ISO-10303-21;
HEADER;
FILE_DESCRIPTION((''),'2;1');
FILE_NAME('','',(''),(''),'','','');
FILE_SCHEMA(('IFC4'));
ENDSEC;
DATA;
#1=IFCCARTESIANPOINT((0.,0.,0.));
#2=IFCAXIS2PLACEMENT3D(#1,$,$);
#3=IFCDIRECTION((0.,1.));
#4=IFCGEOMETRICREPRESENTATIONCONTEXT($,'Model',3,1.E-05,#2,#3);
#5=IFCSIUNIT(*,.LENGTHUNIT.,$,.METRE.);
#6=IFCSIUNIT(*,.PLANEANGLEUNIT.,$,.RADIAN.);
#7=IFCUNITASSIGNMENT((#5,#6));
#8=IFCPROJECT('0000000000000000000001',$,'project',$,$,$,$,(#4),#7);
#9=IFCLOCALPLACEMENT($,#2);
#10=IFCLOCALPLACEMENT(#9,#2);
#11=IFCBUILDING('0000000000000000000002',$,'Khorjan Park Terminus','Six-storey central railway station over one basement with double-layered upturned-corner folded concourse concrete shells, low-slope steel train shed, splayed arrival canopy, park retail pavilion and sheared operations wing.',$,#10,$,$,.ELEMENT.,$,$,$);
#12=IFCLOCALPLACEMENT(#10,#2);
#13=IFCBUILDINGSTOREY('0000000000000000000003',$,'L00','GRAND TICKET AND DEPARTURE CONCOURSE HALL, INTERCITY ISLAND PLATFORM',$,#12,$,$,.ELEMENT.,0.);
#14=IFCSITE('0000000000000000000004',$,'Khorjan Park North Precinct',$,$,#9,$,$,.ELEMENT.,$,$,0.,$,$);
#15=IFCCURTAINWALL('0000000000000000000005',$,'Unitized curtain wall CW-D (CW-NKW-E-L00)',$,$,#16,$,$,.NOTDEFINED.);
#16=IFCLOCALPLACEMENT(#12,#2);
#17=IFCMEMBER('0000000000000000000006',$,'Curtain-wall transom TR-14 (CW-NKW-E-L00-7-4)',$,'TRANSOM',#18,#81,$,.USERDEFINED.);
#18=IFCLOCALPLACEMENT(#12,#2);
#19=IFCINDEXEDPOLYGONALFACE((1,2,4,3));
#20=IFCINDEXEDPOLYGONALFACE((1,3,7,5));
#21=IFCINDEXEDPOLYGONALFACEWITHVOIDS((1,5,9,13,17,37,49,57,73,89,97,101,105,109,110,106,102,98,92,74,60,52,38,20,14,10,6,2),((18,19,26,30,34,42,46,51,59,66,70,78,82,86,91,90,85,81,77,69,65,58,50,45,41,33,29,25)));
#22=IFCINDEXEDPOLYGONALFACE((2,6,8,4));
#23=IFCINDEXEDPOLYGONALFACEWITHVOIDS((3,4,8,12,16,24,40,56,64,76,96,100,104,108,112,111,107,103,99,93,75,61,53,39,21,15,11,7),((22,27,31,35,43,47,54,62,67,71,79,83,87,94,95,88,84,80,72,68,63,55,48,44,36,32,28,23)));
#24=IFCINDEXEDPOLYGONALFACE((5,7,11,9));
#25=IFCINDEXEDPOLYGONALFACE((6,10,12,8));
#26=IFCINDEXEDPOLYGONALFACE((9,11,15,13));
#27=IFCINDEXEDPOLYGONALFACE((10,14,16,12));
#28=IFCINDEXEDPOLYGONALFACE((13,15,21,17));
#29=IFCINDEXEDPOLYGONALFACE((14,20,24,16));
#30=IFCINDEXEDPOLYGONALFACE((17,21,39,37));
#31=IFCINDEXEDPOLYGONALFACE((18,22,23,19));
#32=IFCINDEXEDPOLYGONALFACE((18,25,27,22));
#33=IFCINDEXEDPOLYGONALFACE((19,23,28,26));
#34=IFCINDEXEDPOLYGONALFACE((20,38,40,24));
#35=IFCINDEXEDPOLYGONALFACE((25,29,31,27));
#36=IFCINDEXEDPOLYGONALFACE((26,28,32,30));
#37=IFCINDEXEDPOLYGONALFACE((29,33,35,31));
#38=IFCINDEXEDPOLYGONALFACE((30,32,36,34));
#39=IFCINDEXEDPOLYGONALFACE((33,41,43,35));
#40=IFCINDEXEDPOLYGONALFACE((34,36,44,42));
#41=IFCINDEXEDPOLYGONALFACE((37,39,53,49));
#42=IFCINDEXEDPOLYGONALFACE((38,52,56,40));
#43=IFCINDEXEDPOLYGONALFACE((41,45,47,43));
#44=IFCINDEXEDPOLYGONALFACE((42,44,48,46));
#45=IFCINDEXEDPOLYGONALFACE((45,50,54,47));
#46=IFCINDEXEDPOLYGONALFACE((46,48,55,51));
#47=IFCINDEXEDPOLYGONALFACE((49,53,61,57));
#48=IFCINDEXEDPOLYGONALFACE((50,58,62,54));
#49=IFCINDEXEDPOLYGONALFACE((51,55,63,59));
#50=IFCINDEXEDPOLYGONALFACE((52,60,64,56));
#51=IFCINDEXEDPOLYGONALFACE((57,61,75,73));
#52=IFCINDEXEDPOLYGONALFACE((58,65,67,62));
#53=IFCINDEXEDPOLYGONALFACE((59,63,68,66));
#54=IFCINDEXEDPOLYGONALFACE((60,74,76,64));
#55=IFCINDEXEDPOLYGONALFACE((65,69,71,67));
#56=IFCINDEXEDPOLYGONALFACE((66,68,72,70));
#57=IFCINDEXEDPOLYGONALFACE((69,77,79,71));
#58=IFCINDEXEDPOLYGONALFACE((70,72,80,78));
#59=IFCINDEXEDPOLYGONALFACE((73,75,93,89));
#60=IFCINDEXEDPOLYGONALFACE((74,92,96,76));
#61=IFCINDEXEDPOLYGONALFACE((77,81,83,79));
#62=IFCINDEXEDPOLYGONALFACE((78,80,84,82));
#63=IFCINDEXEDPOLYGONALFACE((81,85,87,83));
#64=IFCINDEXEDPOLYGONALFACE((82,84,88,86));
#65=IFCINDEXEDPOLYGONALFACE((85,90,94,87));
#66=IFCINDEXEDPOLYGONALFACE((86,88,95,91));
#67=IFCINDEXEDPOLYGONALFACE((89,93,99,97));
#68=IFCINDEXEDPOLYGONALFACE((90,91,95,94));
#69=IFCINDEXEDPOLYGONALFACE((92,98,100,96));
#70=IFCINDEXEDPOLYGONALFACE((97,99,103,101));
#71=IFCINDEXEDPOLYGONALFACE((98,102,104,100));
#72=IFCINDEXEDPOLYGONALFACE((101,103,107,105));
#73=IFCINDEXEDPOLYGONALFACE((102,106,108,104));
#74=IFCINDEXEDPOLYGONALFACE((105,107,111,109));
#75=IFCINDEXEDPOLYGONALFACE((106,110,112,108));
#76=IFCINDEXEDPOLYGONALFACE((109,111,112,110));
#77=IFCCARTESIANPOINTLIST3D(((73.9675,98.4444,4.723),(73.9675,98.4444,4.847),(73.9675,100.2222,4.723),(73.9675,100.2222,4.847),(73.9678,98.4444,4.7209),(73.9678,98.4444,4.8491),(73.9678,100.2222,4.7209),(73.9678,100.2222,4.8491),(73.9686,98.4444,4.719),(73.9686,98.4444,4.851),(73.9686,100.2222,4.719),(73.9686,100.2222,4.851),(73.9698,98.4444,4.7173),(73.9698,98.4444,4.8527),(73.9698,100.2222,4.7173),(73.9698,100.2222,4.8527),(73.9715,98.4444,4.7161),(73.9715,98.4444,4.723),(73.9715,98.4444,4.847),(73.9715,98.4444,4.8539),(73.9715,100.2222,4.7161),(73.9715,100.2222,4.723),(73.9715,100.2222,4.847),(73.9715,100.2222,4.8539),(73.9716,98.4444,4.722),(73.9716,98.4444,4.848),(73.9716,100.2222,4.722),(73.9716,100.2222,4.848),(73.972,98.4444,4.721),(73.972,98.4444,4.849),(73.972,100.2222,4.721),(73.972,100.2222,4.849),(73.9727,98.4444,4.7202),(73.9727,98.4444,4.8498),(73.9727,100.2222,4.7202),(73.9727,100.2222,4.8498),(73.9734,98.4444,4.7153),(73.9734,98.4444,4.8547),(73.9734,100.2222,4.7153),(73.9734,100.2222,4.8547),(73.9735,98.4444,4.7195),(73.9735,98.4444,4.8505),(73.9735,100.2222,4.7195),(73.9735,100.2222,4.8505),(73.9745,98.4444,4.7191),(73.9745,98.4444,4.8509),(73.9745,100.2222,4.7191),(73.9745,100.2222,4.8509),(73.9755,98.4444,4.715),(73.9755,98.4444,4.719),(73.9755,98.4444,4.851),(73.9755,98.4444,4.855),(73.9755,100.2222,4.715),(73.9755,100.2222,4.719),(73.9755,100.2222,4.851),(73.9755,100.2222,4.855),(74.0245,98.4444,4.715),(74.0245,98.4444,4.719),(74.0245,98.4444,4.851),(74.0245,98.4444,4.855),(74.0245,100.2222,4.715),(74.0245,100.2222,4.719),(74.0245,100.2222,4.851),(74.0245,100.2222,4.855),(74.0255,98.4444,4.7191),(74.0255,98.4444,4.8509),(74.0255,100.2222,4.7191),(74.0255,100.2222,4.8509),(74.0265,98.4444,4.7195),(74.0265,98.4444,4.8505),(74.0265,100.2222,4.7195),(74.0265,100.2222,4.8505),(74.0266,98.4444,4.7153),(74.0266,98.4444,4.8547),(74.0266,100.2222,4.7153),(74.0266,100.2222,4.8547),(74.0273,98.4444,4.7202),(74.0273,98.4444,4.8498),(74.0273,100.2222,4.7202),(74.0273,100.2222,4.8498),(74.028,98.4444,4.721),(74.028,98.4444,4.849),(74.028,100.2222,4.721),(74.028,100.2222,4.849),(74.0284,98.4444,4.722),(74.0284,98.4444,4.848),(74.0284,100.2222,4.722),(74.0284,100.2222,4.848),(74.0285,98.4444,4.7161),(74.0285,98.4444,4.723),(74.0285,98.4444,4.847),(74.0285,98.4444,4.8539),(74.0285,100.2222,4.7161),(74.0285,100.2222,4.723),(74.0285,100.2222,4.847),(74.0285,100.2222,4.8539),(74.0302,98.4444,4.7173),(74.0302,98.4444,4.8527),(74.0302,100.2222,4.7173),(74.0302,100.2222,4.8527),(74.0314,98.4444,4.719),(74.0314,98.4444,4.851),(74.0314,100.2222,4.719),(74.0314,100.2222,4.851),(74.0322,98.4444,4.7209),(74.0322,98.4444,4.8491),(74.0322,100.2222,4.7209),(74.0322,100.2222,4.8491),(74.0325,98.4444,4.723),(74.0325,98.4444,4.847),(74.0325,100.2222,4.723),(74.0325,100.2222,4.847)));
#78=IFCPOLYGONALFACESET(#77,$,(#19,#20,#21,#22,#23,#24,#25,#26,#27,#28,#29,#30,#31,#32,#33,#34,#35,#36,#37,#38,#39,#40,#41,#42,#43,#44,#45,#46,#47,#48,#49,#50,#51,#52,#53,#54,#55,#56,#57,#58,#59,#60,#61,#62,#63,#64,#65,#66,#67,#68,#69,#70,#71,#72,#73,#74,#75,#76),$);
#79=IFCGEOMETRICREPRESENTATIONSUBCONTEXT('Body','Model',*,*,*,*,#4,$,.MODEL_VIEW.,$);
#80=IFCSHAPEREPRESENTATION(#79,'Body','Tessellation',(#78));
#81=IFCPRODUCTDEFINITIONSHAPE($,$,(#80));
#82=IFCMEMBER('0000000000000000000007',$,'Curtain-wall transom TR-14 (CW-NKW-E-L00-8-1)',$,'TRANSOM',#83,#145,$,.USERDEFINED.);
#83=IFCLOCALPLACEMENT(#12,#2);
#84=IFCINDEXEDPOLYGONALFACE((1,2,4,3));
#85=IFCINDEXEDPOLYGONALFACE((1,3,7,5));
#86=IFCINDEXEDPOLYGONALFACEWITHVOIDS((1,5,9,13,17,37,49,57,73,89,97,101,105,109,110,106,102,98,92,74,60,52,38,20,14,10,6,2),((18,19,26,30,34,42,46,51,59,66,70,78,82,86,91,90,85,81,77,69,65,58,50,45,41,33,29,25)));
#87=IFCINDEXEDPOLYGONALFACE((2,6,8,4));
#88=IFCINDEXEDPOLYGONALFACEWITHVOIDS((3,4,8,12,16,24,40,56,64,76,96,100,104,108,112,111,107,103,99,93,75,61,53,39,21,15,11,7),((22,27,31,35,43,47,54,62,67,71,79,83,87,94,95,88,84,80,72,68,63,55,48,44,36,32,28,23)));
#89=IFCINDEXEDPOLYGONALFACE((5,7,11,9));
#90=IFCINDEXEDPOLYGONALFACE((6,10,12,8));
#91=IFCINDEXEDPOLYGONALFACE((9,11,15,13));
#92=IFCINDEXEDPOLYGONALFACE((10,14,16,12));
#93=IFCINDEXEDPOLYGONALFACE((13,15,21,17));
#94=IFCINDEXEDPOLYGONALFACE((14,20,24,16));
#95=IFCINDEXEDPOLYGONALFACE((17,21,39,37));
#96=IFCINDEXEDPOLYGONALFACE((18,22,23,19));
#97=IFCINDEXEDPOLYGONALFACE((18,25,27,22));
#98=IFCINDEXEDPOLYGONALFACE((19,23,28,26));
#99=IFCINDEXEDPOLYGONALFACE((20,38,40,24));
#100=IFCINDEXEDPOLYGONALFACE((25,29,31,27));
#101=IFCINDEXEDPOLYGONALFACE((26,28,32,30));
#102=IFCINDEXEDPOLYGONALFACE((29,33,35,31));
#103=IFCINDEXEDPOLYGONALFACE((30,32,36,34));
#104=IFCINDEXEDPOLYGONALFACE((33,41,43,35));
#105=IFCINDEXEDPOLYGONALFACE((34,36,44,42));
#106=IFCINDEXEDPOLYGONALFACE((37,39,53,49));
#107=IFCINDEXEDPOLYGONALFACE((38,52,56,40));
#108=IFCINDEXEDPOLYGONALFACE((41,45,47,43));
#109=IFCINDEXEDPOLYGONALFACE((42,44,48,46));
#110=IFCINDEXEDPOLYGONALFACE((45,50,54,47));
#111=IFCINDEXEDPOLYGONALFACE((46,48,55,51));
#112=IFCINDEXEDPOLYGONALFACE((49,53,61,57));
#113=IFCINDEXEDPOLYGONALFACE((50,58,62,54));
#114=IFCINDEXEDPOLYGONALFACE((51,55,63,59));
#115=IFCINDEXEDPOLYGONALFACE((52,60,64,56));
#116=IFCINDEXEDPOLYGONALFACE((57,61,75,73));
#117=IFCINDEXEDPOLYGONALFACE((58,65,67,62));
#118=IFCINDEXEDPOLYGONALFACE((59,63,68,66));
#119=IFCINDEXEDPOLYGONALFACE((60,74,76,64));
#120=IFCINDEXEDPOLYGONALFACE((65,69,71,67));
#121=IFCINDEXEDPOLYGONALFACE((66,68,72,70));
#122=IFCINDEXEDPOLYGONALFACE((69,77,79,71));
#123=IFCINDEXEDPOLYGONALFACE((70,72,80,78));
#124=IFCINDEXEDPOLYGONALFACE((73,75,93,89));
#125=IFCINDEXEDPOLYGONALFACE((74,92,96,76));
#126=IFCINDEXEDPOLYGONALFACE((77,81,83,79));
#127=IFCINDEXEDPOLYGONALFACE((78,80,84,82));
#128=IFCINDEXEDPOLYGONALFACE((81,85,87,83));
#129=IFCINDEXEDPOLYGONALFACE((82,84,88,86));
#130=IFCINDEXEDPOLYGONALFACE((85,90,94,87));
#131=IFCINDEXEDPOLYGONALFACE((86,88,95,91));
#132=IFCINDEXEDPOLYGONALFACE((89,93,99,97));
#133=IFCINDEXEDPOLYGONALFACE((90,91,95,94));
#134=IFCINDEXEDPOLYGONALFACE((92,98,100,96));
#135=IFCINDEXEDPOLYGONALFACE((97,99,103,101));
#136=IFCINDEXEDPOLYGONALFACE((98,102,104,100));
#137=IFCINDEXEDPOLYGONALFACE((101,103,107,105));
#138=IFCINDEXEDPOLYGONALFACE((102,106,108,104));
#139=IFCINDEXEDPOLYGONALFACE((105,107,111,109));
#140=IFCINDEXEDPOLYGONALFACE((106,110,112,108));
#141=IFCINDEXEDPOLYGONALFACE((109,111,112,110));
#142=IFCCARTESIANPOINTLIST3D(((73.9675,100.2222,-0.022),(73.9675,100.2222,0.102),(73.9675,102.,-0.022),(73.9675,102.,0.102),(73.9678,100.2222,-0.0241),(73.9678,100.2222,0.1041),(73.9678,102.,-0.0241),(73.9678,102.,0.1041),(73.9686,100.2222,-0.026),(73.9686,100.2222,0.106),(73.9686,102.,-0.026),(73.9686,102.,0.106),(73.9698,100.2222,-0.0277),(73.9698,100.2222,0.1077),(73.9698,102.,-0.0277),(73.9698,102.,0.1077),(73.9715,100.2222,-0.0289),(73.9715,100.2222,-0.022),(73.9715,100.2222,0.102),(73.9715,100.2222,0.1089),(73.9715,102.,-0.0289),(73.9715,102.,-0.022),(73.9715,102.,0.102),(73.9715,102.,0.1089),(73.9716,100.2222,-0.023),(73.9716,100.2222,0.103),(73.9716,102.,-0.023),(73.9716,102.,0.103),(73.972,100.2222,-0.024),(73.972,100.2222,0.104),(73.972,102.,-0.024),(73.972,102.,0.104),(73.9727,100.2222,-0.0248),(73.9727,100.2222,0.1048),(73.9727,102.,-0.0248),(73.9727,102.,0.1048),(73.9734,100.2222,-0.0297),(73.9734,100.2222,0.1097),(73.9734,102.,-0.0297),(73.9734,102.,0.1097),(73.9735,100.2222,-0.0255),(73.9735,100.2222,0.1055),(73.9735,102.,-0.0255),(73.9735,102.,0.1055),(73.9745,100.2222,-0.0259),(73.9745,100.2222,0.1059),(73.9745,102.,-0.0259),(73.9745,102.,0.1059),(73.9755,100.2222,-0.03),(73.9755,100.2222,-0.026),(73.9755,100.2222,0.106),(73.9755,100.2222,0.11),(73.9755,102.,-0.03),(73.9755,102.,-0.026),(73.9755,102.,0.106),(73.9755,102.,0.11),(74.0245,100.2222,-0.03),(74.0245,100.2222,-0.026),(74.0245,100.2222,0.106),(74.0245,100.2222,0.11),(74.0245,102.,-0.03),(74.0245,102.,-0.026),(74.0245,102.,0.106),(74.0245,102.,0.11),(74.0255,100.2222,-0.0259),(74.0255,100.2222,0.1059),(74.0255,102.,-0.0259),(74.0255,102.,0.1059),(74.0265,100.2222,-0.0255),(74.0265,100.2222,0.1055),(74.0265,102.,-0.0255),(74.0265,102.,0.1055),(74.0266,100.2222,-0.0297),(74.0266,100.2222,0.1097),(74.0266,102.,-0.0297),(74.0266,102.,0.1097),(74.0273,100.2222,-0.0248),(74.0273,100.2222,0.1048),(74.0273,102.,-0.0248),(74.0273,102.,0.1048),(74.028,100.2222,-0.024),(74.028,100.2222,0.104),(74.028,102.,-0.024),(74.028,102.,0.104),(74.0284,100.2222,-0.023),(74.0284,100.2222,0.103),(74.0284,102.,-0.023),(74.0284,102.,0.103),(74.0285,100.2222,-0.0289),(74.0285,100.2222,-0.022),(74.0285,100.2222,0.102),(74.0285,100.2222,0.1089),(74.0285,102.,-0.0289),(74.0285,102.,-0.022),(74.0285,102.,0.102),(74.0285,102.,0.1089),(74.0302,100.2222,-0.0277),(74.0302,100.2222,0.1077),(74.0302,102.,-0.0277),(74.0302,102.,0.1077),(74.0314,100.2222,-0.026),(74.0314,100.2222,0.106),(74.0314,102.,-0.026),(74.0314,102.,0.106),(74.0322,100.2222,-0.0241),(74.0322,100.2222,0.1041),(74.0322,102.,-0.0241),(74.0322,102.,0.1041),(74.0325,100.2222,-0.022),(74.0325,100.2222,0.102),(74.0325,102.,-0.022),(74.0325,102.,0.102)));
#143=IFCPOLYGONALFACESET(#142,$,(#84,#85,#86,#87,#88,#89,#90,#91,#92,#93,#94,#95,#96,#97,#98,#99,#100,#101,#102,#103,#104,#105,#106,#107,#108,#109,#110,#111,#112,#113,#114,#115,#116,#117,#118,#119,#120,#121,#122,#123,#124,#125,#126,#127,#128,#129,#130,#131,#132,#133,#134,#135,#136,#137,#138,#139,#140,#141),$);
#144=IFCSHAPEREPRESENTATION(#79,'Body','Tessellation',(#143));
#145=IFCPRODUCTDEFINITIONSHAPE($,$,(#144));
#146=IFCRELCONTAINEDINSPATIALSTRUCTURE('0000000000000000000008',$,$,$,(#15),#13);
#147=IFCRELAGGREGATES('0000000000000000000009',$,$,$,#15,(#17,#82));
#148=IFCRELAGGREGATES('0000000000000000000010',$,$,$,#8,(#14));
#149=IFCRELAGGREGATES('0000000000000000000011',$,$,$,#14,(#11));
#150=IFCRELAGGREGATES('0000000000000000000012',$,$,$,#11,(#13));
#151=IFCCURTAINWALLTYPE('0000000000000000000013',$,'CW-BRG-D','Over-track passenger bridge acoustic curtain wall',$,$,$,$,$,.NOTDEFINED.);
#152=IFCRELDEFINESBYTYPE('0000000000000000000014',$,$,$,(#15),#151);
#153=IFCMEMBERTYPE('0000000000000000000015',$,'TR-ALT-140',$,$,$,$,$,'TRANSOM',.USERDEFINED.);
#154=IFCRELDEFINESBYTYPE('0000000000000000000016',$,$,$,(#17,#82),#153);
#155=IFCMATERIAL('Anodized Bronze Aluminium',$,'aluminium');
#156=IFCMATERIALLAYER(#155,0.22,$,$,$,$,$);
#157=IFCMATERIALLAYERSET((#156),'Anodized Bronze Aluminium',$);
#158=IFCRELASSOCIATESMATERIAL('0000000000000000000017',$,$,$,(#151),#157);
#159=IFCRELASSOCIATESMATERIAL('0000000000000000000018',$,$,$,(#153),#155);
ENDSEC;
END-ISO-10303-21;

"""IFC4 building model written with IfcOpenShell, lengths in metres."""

from ifc_helpers import new_model, si_unit, direction, frame, origin, origin_2d, place, context, subcontext, project, spatial, hollow_rectangle, extrude, material, layer, layer_set, material_profile, profile_set, type_object, element, aggregate, save


model = new_model("IFC4")

# Units and contexts
model_context = context("Model", 3, precision=1e-05, world=origin(), true_north=direction((0.0, 1.0)))
body_context = subcontext(model_context, "Body", "Model", "MODEL_VIEW")
ifc_project = project(units=[si_unit("LENGTHUNIT", "METRE"), si_unit("PLANEANGLEUNIT", "RADIAN")], contexts=[model_context])

# Site, building, storey
site_placement = place(None, origin())
site = spatial("IfcSite", under=ifc_project, at=site_placement, Name="Khorjan Park North Precinct", CompositionType="ELEMENT", RefElevation=0.0)
building_placement = place(site_placement, origin())
building = spatial("IfcBuilding", under=site, at=building_placement, Name="Khorjan Park Terminus", Description="Six-storey central railway station over one basement with double-layered upturned-corner folded concourse concrete shells, low-slope steel train shed, splayed arrival canopy, park retail pavilion and sheared operations wing.", CompositionType="ELEMENT")
storey_placement = place(building_placement, origin())
storey = spatial("IfcBuildingStorey", under=building, at=storey_placement, Name="L00", Description="GRAND TICKET AND DEPARTURE CONCOURSE HALL, INTERCITY ISLAND PLATFORM", CompositionType="ELEMENT", Elevation=0.0)

# Curtain wall, members
ifc_material_1 = material(Name="Anodized Bronze Aluminium", Category="aluminium")
ifc_layer_1 = layer(ifc_material_1, 0.22)
ifc_layer_set_1 = layer_set([ifc_layer_1], Name="Anodized Bronze Aluminium")
curtain_wall_type = type_object("IfcCurtainWallType", Name="CW-BRG-D", Description="Over-track passenger bridge acoustic curtain wall", PredefinedType="NOTDEFINED", material=ifc_layer_set_1)
curtain_wall_placement = place(storey_placement, origin())
curtain_wall = element("IfcCurtainWall", 1, at=curtain_wall_placement, inside=storey, type_object=curtain_wall_type, Name="Unitized curtain wall CW-D (CW-NKW-E-L00)", PredefinedType="NOTDEFINED")
ifc_material_profile_1 = material_profile(ifc_material_1, hollow_rectangle(XDim=0.065, YDim=0.14, WallThickness=0.004, InnerFilletRadius=0.004, OuterFilletRadius=0.008, at=origin_2d()), Name="ALT 65x140x4")
ifc_profile_set_1 = profile_set([ifc_material_profile_1], Name="Anodized Bronze Aluminium")
member_type_1 = type_object("IfcMemberType", Name="TR-ALT-140", ElementType="TRANSOM", PredefinedType="USERDEFINED", material=ifc_profile_set_1)
member_1_placement = place(storey_placement, frame((74.0, 98.4444, 4.785), z_axis=(0.0, 1.0, 0.0), x_axis=(-1.0, 0.0, 0.0)))
member_1 = element("IfcMember", 2, at=member_1_placement, type_object=member_type_1, Name="Curtain-wall transom TR-14 (CW-NKW-E-L00-7-4)", ObjectType="TRANSOM", PredefinedType="USERDEFINED", context=body_context, shape_type="SweptSolid", body=[
    extrude(hollow_rectangle(XDim=0.065, YDim=0.14, WallThickness=0.004, InnerFilletRadius=0.004, OuterFilletRadius=0.008, at=origin_2d()), origin(), (0.0, 0.0, 1.0), 1.7778),
])
member_2_placement = place(storey_placement, frame((74.0, 100.2222, 0.04), z_axis=(0.0, 1.0, 0.0), x_axis=(-1.0, 0.0, 0.0)))
member_2 = element("IfcMember", 3, at=member_2_placement, type_object=member_type_1, Name="Curtain-wall transom TR-14 (CW-NKW-E-L00-8-1)", ObjectType="TRANSOM", PredefinedType="USERDEFINED", context=body_context, shape_type="SweptSolid", body=[
    extrude(hollow_rectangle(XDim=0.065, YDim=0.14, WallThickness=0.004, InnerFilletRadius=0.004, OuterFilletRadius=0.008, at=origin_2d()), origin(), (0.0, 0.0, 1.0), 1.7778),
])
aggregate(curtain_wall, [member_1, member_2])

save(model, "model.ifc")
